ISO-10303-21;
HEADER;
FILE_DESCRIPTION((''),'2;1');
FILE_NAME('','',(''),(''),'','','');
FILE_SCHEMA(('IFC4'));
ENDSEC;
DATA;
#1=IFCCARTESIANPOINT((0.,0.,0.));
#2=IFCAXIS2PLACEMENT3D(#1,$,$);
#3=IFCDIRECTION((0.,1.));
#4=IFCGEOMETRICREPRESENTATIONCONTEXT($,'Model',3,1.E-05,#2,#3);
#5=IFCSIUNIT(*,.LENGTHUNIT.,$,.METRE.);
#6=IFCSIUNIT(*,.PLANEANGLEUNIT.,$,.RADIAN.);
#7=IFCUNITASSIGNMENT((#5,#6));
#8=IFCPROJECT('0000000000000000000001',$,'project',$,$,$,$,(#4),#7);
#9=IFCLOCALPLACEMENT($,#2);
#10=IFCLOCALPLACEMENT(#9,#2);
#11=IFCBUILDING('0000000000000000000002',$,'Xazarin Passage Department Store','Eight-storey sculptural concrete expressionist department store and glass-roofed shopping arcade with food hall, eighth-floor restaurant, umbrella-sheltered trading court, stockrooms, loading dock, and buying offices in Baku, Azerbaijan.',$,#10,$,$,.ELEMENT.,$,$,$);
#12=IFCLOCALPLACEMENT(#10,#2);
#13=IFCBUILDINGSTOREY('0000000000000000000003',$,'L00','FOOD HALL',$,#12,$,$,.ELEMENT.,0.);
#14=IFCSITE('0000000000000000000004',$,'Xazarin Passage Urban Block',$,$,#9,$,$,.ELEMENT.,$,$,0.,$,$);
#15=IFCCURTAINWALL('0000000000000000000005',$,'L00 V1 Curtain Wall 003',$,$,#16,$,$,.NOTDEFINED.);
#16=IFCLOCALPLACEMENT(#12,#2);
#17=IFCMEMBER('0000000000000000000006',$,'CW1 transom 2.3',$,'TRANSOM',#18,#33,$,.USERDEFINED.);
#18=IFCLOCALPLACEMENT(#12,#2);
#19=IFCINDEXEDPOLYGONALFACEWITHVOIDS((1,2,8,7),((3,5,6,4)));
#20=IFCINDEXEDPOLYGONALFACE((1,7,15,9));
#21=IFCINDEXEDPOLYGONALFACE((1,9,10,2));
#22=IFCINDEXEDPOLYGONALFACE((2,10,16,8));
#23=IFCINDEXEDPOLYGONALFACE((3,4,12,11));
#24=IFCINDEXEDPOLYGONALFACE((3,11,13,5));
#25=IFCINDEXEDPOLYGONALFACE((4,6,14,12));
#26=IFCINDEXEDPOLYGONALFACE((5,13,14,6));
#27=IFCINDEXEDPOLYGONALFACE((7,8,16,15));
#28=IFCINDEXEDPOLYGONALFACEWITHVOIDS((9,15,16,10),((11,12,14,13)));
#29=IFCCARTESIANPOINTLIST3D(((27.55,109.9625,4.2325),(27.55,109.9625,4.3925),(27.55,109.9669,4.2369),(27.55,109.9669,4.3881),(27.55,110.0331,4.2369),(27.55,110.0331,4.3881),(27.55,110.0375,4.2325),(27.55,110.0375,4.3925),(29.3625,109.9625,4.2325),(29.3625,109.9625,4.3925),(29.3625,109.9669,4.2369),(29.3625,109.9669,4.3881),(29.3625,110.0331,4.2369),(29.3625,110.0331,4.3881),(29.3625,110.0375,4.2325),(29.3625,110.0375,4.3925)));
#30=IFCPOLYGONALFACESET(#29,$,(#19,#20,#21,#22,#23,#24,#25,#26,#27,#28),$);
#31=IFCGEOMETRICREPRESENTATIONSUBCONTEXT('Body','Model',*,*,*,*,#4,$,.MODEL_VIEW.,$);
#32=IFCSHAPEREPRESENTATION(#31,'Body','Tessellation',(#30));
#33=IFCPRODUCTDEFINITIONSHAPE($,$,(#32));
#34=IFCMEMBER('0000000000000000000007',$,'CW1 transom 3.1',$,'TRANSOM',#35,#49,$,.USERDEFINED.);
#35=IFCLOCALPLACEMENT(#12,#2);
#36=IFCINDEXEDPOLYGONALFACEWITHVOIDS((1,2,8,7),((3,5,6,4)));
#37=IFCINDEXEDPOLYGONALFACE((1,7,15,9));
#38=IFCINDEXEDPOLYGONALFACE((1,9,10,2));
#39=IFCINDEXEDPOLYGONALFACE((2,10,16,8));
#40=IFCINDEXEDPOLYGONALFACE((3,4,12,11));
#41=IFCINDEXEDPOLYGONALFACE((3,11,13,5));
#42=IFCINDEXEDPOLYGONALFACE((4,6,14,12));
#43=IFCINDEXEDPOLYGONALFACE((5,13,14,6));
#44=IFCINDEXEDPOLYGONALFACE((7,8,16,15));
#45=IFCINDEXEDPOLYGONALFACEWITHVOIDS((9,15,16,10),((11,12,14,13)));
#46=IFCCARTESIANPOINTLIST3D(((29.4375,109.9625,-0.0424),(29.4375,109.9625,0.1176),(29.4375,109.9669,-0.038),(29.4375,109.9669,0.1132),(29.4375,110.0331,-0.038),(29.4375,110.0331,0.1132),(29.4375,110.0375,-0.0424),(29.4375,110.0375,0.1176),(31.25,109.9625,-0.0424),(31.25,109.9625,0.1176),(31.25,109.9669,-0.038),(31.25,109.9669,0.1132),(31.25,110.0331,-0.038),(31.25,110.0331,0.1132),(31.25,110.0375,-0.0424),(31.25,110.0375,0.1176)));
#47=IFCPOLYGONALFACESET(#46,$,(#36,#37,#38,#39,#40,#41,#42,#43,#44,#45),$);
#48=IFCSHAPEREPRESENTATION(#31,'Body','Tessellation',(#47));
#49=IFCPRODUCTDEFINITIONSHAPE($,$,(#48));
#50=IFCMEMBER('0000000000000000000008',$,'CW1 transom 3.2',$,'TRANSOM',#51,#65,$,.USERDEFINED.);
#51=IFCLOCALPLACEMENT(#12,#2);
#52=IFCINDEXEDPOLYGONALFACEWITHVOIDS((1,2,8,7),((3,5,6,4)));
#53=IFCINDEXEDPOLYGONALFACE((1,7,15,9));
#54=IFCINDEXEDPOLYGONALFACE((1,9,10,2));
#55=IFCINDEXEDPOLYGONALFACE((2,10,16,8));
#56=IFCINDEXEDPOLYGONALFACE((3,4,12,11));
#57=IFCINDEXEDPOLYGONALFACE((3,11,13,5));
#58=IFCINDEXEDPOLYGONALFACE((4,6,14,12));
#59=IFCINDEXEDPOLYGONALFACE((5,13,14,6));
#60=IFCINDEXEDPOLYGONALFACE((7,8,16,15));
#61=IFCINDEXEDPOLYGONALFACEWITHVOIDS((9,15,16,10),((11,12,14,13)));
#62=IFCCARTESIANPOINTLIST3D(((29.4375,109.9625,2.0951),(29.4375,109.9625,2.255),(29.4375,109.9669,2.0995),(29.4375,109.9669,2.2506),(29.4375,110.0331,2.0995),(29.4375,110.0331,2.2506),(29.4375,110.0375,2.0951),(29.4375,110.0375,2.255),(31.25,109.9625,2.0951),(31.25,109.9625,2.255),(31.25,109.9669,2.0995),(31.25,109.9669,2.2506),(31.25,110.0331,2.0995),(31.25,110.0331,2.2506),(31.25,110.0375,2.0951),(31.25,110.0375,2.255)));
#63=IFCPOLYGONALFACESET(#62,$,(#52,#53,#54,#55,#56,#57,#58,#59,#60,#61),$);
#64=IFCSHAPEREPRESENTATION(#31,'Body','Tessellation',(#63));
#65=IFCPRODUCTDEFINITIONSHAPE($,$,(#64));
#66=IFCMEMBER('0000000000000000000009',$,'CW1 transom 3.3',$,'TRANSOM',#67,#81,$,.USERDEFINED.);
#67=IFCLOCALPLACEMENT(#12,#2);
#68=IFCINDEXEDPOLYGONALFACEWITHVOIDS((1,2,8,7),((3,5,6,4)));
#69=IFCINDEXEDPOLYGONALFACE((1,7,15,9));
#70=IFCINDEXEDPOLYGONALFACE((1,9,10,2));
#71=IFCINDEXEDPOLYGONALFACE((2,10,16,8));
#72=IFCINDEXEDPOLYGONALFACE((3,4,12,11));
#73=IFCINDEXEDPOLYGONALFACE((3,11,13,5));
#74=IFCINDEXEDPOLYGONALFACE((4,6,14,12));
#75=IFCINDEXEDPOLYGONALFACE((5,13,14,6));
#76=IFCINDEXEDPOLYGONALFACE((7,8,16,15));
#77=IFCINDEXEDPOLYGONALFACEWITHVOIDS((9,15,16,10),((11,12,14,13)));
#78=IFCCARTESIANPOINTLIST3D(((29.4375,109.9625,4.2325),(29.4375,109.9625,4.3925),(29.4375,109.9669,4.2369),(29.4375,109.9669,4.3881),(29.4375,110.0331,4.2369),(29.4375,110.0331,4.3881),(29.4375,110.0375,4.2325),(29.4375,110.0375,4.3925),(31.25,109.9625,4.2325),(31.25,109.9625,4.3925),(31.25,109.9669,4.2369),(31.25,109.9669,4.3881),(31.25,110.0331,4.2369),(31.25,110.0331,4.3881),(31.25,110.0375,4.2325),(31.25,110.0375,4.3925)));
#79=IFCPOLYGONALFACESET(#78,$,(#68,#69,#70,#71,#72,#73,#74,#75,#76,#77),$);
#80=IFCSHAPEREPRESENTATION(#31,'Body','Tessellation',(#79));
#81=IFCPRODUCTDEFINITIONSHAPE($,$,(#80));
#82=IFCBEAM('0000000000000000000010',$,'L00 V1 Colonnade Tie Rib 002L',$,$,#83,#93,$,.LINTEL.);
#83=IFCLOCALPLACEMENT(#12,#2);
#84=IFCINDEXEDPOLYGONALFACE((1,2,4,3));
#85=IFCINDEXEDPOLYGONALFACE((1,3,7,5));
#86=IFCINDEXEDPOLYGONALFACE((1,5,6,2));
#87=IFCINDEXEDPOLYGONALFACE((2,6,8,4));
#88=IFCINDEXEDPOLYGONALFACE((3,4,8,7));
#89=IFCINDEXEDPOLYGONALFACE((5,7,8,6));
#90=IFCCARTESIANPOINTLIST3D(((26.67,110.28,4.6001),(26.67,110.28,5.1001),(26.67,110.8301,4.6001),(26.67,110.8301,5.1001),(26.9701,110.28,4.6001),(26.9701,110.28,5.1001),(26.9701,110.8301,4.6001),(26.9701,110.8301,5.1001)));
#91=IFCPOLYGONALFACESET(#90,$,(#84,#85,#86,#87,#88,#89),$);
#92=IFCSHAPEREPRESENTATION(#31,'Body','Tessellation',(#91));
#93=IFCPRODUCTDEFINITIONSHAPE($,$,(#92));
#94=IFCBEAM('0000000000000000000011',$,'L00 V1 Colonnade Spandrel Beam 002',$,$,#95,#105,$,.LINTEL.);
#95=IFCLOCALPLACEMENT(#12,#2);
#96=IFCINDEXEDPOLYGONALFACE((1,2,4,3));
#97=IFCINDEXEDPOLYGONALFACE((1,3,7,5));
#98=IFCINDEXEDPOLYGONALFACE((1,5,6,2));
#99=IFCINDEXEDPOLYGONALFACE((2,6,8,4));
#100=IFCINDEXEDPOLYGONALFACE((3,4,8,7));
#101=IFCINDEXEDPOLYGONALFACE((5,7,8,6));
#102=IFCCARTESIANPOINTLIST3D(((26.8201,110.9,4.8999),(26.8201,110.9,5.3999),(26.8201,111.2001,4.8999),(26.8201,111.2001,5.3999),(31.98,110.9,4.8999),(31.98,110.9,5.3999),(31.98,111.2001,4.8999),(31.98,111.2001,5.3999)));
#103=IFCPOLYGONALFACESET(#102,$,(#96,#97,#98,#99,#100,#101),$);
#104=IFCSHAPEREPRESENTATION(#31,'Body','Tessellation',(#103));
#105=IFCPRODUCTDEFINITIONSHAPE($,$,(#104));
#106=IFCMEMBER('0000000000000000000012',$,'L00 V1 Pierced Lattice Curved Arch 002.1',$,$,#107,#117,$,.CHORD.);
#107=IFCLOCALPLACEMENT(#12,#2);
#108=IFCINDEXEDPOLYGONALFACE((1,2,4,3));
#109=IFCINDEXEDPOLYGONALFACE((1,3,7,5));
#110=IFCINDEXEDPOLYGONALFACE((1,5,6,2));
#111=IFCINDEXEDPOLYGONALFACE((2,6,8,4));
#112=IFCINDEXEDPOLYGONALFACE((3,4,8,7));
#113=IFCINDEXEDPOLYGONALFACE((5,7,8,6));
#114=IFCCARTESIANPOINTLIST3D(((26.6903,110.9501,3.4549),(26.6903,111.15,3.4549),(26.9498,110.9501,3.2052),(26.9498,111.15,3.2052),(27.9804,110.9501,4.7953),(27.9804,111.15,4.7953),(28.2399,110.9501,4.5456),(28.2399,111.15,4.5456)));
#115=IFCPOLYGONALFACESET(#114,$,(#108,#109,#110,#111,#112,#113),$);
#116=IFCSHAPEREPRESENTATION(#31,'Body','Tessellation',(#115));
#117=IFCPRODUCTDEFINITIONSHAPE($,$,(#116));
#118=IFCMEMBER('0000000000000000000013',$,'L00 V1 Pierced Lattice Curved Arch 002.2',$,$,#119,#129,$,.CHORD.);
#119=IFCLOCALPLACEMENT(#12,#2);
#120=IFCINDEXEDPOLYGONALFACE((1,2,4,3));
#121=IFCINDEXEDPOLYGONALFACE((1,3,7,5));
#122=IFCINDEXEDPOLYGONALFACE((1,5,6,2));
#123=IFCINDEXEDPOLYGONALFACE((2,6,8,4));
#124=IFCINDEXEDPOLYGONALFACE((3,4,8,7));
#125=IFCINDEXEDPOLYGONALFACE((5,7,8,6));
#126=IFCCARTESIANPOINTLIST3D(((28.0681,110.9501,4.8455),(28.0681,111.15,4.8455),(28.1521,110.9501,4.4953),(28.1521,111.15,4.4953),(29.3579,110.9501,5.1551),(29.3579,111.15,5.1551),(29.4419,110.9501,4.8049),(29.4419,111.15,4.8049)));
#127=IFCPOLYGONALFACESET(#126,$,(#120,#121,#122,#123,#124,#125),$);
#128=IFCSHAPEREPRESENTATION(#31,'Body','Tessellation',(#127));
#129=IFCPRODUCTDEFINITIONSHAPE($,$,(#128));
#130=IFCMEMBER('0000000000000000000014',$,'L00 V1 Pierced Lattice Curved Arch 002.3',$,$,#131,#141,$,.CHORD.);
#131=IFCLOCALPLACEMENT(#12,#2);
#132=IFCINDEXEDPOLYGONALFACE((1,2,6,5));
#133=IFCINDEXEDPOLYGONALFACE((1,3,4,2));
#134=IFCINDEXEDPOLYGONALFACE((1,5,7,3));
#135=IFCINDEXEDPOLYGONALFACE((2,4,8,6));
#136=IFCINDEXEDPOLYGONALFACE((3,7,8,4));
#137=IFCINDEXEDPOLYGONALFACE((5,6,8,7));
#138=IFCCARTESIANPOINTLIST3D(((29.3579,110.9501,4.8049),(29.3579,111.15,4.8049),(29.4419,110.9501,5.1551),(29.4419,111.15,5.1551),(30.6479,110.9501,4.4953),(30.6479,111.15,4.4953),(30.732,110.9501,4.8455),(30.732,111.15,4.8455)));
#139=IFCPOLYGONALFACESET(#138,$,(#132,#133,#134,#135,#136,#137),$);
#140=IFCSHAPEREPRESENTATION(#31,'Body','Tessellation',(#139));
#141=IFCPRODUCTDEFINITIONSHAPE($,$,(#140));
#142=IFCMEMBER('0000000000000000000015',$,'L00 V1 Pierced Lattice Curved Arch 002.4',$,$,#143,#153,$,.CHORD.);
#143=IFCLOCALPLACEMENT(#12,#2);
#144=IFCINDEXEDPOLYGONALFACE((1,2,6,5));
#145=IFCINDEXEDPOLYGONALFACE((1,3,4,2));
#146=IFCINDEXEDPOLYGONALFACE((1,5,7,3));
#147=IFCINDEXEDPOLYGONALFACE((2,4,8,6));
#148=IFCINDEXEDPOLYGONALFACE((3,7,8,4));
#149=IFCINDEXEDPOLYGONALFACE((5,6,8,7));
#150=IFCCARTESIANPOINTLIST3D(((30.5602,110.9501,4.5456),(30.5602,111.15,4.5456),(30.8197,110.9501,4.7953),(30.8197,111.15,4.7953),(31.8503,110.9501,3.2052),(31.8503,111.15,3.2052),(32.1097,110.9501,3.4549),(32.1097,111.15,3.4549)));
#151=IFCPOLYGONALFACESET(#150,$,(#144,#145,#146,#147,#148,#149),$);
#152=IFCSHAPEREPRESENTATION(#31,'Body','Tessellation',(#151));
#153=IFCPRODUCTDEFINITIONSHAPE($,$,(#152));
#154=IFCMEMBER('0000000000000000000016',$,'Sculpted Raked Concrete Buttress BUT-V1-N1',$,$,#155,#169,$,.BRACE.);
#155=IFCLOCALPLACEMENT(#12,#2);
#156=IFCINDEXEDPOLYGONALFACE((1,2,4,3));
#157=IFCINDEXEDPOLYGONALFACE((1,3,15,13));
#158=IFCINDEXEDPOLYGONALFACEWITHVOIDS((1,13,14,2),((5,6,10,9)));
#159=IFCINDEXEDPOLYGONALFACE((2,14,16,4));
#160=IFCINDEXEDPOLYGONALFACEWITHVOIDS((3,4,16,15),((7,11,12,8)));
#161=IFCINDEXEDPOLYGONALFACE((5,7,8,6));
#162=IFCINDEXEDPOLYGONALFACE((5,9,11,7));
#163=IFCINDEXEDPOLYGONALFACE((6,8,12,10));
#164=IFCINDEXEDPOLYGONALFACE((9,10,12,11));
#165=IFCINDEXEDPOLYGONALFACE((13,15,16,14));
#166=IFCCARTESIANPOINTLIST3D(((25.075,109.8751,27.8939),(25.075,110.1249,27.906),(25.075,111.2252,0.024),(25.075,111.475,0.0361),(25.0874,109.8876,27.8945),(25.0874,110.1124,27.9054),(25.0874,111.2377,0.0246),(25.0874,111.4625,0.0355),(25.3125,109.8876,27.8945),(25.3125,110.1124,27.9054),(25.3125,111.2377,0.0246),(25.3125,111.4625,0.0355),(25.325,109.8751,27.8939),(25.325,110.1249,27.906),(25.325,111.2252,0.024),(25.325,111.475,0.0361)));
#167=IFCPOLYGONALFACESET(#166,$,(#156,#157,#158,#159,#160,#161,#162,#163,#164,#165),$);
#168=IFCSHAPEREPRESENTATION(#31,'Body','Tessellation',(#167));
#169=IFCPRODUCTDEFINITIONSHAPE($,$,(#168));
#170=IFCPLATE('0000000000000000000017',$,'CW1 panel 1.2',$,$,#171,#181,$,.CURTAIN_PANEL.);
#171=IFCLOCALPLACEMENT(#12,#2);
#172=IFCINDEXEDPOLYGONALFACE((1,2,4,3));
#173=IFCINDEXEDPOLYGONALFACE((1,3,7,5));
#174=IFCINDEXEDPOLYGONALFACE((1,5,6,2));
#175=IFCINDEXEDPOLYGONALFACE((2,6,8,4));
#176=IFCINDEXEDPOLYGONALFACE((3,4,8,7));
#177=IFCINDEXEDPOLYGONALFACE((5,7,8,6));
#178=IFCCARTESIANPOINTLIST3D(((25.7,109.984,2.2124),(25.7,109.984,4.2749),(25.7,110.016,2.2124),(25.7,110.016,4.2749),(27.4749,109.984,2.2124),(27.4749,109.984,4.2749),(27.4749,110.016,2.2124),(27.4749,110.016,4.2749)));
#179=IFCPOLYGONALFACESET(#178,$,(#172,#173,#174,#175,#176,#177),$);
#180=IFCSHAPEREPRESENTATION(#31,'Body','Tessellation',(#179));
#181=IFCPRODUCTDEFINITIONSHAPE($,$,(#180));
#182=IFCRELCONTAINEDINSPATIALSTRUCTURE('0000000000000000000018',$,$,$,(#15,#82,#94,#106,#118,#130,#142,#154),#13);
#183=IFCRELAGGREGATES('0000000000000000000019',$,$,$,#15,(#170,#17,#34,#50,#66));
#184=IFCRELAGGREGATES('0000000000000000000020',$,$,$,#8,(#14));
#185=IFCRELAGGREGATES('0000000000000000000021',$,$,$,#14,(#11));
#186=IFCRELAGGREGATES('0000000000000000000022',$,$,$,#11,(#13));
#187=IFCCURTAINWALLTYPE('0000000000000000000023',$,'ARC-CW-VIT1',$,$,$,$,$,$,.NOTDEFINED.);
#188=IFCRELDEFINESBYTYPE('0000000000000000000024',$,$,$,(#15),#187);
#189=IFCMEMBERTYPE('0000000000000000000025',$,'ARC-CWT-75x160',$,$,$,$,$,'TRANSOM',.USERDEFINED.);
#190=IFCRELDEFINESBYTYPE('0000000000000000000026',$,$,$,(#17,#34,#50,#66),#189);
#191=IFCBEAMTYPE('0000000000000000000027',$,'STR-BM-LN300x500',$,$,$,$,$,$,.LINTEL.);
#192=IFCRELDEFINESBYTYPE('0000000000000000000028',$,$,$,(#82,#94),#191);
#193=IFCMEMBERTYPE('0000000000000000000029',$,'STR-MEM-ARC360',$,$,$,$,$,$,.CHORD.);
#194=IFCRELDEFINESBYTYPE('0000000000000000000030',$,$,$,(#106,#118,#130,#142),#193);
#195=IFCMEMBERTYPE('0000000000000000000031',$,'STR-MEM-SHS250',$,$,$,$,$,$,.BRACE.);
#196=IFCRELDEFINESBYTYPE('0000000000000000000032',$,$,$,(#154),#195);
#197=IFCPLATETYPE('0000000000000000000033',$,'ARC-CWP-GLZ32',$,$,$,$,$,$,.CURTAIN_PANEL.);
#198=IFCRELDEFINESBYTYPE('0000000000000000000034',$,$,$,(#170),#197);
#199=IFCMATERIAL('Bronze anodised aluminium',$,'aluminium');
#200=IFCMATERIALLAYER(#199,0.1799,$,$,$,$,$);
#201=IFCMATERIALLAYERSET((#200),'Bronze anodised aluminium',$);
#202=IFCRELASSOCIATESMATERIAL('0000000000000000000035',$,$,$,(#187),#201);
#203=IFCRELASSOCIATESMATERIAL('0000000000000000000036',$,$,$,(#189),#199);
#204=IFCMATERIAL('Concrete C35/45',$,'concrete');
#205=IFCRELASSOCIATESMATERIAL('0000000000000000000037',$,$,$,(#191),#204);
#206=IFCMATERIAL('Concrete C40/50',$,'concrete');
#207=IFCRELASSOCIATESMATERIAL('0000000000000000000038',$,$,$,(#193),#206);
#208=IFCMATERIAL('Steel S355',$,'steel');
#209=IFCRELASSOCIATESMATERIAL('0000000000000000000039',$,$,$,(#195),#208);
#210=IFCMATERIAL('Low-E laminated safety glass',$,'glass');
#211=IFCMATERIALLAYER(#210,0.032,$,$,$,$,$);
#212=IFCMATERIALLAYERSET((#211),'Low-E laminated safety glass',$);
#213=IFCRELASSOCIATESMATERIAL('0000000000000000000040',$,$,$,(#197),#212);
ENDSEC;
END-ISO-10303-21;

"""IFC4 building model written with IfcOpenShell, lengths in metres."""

from ifc_helpers import new_model, si_unit, direction, frame, origin, origin_2d, place, context, subcontext, project, spatial, rectangle, hollow_rectangle, extrude, material, layer, layer_set, material_profile, profile_set, type_object, element, aggregate, save


model = new_model("IFC4")

# Units and contexts
model_context = context("Model", 3, precision=1e-05, world=origin(), true_north=direction((0.0, 1.0)))
body_context = subcontext(model_context, "Body", "Model", "MODEL_VIEW")
ifc_project = project(units=[si_unit("LENGTHUNIT", "METRE"), si_unit("PLANEANGLEUNIT", "RADIAN")], contexts=[model_context])

# Site, building, storey
site_placement = place(None, origin())
site = spatial("IfcSite", under=ifc_project, at=site_placement, Name="Xazarin Passage Urban Block", CompositionType="ELEMENT", RefElevation=0.0)
building_placement = place(site_placement, origin())
building = spatial("IfcBuilding", under=site, at=building_placement, Name="Xazarin Passage Department Store", Description="Eight-storey sculptural concrete expressionist department store and glass-roofed shopping arcade with food hall, eighth-floor restaurant, umbrella-sheltered trading court, stockrooms, loading dock, and buying offices in Baku, Azerbaijan.", CompositionType="ELEMENT")
storey_placement = place(building_placement, origin())
storey = spatial("IfcBuildingStorey", under=building, at=storey_placement, Name="L00", Description="FOOD HALL", CompositionType="ELEMENT", Elevation=0.0)

# Shared definitions
ifc_material_1 = material(Name="Concrete C35/45", Category="concrete")

# Shared definitions
ifc_material_2 = material(Name="Concrete C40/50", Category="concrete")

# Curtain wall, members
ifc_material_3 = material(Name="Bronze anodised aluminium", Category="aluminium")
ifc_layer_1 = layer(ifc_material_3, 0.1799)
ifc_layer_set_1 = layer_set([ifc_layer_1], Name="Bronze anodised aluminium")
curtain_wall_type = type_object("IfcCurtainWallType", Name="ARC-CW-VIT1", PredefinedType="NOTDEFINED", material=ifc_layer_set_1)
curtain_wall_placement = place(storey_placement, origin())
curtain_wall = element("IfcCurtainWall", 1, at=curtain_wall_placement, inside=storey, type_object=curtain_wall_type, Name="L00 V1 Curtain Wall 003", PredefinedType="NOTDEFINED")
ifc_material_profile_1 = material_profile(ifc_material_3, hollow_rectangle(XDim=0.075, YDim=0.1599, WallThickness=0.0044, at=origin_2d()), Name="ALU 75x160")
ifc_profile_set_1 = profile_set([ifc_material_profile_1], Name="Bronze anodised aluminium")
member_type_1 = type_object("IfcMemberType", Name="ARC-CWT-75x160", ElementType="TRANSOM", PredefinedType="USERDEFINED", material=ifc_profile_set_1)
member_1_placement = place(storey_placement, frame((27.55, 110.0, 4.3125), z_axis=(1.0, 0.0, 0.0), x_axis=(0.0, 1.0, 0.0)))
member_1 = element("IfcMember", 2, at=member_1_placement, type_object=member_type_1, Name="CW1 transom 2.3", ObjectType="TRANSOM", PredefinedType="USERDEFINED", context=body_context, shape_type="SweptSolid", body=[
    extrude(hollow_rectangle(XDim=0.075, YDim=0.1599, WallThickness=0.0044, at=origin_2d()), origin(), (0.0, 0.0, 1.0), 1.8125),
])
member_2_placement = place(storey_placement, frame((29.4375, 110.0, 0.0376), z_axis=(1.0, 0.0, 0.0), x_axis=(0.0, 1.0, 0.0)))
member_2 = element("IfcMember", 3, at=member_2_placement, type_object=member_type_1, Name="CW1 transom 3.1", ObjectType="TRANSOM", PredefinedType="USERDEFINED", context=body_context, shape_type="SweptSolid", body=[
    extrude(hollow_rectangle(XDim=0.075, YDim=0.1599, WallThickness=0.0044, at=origin_2d()), origin(), (0.0, 0.0, 1.0), 1.8125),
])
member_3_placement = place(storey_placement, frame((29.4375, 110.0, 2.175), z_axis=(1.0, 0.0, 0.0), x_axis=(0.0, 1.0, 0.0)))
member_3 = element("IfcMember", 4, at=member_3_placement, type_object=member_type_1, Name="CW1 transom 3.2", ObjectType="TRANSOM", PredefinedType="USERDEFINED", context=body_context, shape_type="SweptSolid", body=[
    extrude(hollow_rectangle(XDim=0.075, YDim=0.1599, WallThickness=0.0044, at=origin_2d()), origin(), (0.0, 0.0, 1.0), 1.8125),
])
member_4_placement = place(storey_placement, frame((29.4375, 110.0, 4.3125), z_axis=(1.0, 0.0, 0.0), x_axis=(0.0, 1.0, 0.0)))
member_4 = element("IfcMember", 5, at=member_4_placement, type_object=member_type_1, Name="CW1 transom 3.3", ObjectType="TRANSOM", PredefinedType="USERDEFINED", context=body_context, shape_type="SweptSolid", body=[
    extrude(hollow_rectangle(XDim=0.075, YDim=0.1599, WallThickness=0.0044, at=origin_2d()), origin(), (0.0, 0.0, 1.0), 1.8125),
])

# Beams
ifc_material_profile_2 = material_profile(ifc_material_1, rectangle(XDim=0.3, YDim=0.5, at=origin_2d()), Name="RC 300x500")
ifc_profile_set_2 = profile_set([ifc_material_profile_2], Name="Concrete C35/45")
beam_type = type_object("IfcBeamType", Name="STR-BM-LN300x500", PredefinedType="LINTEL", material=ifc_profile_set_2)
beam_1_placement = place(storey_placement, frame((26.8201, 110.28, 4.8501), z_axis=(0.0, 1.0, 0.0), x_axis=(-1.0, 0.0, 0.0)))
element("IfcBeam", 6, at=beam_1_placement, inside=storey, type_object=beam_type, Name="L00 V1 Colonnade Tie Rib 002L", PredefinedType="LINTEL", context=body_context, shape_type="SweptSolid", body=[
    extrude(rectangle(XDim=0.3, YDim=0.5, at=origin_2d()), origin(), (0.0, 0.0, 1.0), 0.55),
])
beam_2_placement = place(storey_placement, frame((26.8201, 111.05, 5.1499), z_axis=(1.0, 0.0, 0.0), x_axis=(0.0, 1.0, 0.0)))
element("IfcBeam", 7, at=beam_2_placement, inside=storey, type_object=beam_type, Name="L00 V1 Colonnade Spandrel Beam 002", PredefinedType="LINTEL", context=body_context, shape_type="SweptSolid", body=[
    extrude(rectangle(XDim=0.3, YDim=0.5, at=origin_2d()), origin(), (0.0, 0.0, 1.0), 5.1599),
])

# Members
ifc_material_profile_3 = material_profile(ifc_material_2, rectangle(XDim=0.2, YDim=0.3601, at=origin_2d()), Name="RC 200x360")
ifc_profile_set_3 = profile_set([ifc_material_profile_3], Name="Concrete C40/50")
member_type_2 = type_object("IfcMemberType", Name="STR-MEM-ARC360", PredefinedType="CHORD", material=ifc_profile_set_3)
member_5_placement = place(storey_placement, frame((26.8201, 111.05, 3.3301), z_axis=(0.69346, 0.0, 0.720495), x_axis=(0.0, 1.0, 0.0)))
element("IfcMember", 8, at=member_5_placement, inside=storey, type_object=member_type_2, Name="L00 V1 Pierced Lattice Curved Arch 002.1", PredefinedType="CHORD", context=body_context, shape_type="SweptSolid", body=[
    extrude(rectangle(XDim=0.2, YDim=0.3601, at=origin_2d()), origin(), (0.0, 0.0, 1.0), 1.8604),
])
member_6_placement = place(storey_placement, frame((28.1101, 111.05, 4.6704), z_axis=(0.972384, 0.0, 0.233387), x_axis=(0.0, 1.0, 0.0)))
element("IfcMember", 9, at=member_6_placement, inside=storey, type_object=member_type_2, Name="L00 V1 Pierced Lattice Curved Arch 002.2", PredefinedType="CHORD", context=body_context, shape_type="SweptSolid", body=[
    extrude(rectangle(XDim=0.2, YDim=0.3601, at=origin_2d()), origin(), (0.0, 0.0, 1.0), 1.3264),
])
member_7_placement = place(storey_placement, frame((29.3999, 111.05, 4.98), z_axis=(0.972394, 0.0, -0.233345), x_axis=(0.0, 1.0, 0.0)))
element("IfcMember", 10, at=member_7_placement, inside=storey, type_object=member_type_2, Name="L00 V1 Pierced Lattice Curved Arch 002.3", PredefinedType="CHORD", context=body_context, shape_type="SweptSolid", body=[
    extrude(rectangle(XDim=0.2, YDim=0.3601, at=origin_2d()), origin(), (0.0, 0.0, 1.0), 1.3267),
])
member_8_placement = place(storey_placement, frame((30.6899, 111.05, 4.6704), z_axis=(0.69346, 0.0, -0.720495), x_axis=(0.0, 1.0, 0.0)))
element("IfcMember", 11, at=member_8_placement, inside=storey, type_object=member_type_2, Name="L00 V1 Pierced Lattice Curved Arch 002.4", PredefinedType="CHORD", context=body_context, shape_type="SweptSolid", body=[
    extrude(rectangle(XDim=0.2, YDim=0.3601, at=origin_2d()), origin(), (0.0, 0.0, 1.0), 1.8604),
])
ifc_material_4 = material(Name="Steel S355", Category="steel")
ifc_material_profile_4 = material_profile(ifc_material_4, hollow_rectangle(XDim=0.25, YDim=0.25, WallThickness=0.0125, at=origin_2d()), Name="SHS 250x250x12.5")
ifc_profile_set_4 = profile_set([ifc_material_profile_4], Name="Steel S355")
member_type_3 = type_object("IfcMemberType", Name="STR-MEM-SHS250", PredefinedType="BRACE", material=ifc_profile_set_4)
member_9_placement = place(storey_placement, frame((25.2, 111.3501, 0.03), z_axis=(0.0, -0.048386, 0.998829), x_axis=(1.0, 0.0, 0.0)))
element("IfcMember", 12, at=member_9_placement, inside=storey, type_object=member_type_3, Name="Sculpted Raked Concrete Buttress BUT-V1-N1", PredefinedType="BRACE", context=body_context, shape_type="SweptSolid", body=[
    extrude(hollow_rectangle(XDim=0.25, YDim=0.25, WallThickness=0.0125, at=origin_2d()), origin(), (0.0, 0.0, 1.0), 27.9026),
])

# Plate
ifc_material_5 = material(Name="Low-E laminated safety glass", Category="glass")
ifc_layer_2 = layer(ifc_material_5, 0.032)
ifc_layer_set_2 = layer_set([ifc_layer_2], Name="Low-E laminated safety glass")
plate_type_1 = type_object("IfcPlateType", Name="ARC-CWP-GLZ32", PredefinedType="CURTAIN_PANEL", material=ifc_layer_set_2)
plate_1_placement = place(storey_placement, frame((26.5874, 110.0, 2.2124), z_axis=(0.0, 0.0, 1.0), x_axis=(1.0, 0.0, 0.0)))
plate_1 = element("IfcPlate", 13, at=plate_1_placement, type_object=plate_type_1, Name="CW1 panel 1.2", PredefinedType="CURTAIN_PANEL", context=body_context, shape_type="SweptSolid", body=[
    extrude(rectangle(XDim=1.7749, YDim=0.032, at=origin_2d()), origin(), (0.0, 0.0, 1.0), 2.0625),
])
aggregate(curtain_wall, [plate_1, member_1, member_2, member_3, member_4])

save(model, "model.ifc")
